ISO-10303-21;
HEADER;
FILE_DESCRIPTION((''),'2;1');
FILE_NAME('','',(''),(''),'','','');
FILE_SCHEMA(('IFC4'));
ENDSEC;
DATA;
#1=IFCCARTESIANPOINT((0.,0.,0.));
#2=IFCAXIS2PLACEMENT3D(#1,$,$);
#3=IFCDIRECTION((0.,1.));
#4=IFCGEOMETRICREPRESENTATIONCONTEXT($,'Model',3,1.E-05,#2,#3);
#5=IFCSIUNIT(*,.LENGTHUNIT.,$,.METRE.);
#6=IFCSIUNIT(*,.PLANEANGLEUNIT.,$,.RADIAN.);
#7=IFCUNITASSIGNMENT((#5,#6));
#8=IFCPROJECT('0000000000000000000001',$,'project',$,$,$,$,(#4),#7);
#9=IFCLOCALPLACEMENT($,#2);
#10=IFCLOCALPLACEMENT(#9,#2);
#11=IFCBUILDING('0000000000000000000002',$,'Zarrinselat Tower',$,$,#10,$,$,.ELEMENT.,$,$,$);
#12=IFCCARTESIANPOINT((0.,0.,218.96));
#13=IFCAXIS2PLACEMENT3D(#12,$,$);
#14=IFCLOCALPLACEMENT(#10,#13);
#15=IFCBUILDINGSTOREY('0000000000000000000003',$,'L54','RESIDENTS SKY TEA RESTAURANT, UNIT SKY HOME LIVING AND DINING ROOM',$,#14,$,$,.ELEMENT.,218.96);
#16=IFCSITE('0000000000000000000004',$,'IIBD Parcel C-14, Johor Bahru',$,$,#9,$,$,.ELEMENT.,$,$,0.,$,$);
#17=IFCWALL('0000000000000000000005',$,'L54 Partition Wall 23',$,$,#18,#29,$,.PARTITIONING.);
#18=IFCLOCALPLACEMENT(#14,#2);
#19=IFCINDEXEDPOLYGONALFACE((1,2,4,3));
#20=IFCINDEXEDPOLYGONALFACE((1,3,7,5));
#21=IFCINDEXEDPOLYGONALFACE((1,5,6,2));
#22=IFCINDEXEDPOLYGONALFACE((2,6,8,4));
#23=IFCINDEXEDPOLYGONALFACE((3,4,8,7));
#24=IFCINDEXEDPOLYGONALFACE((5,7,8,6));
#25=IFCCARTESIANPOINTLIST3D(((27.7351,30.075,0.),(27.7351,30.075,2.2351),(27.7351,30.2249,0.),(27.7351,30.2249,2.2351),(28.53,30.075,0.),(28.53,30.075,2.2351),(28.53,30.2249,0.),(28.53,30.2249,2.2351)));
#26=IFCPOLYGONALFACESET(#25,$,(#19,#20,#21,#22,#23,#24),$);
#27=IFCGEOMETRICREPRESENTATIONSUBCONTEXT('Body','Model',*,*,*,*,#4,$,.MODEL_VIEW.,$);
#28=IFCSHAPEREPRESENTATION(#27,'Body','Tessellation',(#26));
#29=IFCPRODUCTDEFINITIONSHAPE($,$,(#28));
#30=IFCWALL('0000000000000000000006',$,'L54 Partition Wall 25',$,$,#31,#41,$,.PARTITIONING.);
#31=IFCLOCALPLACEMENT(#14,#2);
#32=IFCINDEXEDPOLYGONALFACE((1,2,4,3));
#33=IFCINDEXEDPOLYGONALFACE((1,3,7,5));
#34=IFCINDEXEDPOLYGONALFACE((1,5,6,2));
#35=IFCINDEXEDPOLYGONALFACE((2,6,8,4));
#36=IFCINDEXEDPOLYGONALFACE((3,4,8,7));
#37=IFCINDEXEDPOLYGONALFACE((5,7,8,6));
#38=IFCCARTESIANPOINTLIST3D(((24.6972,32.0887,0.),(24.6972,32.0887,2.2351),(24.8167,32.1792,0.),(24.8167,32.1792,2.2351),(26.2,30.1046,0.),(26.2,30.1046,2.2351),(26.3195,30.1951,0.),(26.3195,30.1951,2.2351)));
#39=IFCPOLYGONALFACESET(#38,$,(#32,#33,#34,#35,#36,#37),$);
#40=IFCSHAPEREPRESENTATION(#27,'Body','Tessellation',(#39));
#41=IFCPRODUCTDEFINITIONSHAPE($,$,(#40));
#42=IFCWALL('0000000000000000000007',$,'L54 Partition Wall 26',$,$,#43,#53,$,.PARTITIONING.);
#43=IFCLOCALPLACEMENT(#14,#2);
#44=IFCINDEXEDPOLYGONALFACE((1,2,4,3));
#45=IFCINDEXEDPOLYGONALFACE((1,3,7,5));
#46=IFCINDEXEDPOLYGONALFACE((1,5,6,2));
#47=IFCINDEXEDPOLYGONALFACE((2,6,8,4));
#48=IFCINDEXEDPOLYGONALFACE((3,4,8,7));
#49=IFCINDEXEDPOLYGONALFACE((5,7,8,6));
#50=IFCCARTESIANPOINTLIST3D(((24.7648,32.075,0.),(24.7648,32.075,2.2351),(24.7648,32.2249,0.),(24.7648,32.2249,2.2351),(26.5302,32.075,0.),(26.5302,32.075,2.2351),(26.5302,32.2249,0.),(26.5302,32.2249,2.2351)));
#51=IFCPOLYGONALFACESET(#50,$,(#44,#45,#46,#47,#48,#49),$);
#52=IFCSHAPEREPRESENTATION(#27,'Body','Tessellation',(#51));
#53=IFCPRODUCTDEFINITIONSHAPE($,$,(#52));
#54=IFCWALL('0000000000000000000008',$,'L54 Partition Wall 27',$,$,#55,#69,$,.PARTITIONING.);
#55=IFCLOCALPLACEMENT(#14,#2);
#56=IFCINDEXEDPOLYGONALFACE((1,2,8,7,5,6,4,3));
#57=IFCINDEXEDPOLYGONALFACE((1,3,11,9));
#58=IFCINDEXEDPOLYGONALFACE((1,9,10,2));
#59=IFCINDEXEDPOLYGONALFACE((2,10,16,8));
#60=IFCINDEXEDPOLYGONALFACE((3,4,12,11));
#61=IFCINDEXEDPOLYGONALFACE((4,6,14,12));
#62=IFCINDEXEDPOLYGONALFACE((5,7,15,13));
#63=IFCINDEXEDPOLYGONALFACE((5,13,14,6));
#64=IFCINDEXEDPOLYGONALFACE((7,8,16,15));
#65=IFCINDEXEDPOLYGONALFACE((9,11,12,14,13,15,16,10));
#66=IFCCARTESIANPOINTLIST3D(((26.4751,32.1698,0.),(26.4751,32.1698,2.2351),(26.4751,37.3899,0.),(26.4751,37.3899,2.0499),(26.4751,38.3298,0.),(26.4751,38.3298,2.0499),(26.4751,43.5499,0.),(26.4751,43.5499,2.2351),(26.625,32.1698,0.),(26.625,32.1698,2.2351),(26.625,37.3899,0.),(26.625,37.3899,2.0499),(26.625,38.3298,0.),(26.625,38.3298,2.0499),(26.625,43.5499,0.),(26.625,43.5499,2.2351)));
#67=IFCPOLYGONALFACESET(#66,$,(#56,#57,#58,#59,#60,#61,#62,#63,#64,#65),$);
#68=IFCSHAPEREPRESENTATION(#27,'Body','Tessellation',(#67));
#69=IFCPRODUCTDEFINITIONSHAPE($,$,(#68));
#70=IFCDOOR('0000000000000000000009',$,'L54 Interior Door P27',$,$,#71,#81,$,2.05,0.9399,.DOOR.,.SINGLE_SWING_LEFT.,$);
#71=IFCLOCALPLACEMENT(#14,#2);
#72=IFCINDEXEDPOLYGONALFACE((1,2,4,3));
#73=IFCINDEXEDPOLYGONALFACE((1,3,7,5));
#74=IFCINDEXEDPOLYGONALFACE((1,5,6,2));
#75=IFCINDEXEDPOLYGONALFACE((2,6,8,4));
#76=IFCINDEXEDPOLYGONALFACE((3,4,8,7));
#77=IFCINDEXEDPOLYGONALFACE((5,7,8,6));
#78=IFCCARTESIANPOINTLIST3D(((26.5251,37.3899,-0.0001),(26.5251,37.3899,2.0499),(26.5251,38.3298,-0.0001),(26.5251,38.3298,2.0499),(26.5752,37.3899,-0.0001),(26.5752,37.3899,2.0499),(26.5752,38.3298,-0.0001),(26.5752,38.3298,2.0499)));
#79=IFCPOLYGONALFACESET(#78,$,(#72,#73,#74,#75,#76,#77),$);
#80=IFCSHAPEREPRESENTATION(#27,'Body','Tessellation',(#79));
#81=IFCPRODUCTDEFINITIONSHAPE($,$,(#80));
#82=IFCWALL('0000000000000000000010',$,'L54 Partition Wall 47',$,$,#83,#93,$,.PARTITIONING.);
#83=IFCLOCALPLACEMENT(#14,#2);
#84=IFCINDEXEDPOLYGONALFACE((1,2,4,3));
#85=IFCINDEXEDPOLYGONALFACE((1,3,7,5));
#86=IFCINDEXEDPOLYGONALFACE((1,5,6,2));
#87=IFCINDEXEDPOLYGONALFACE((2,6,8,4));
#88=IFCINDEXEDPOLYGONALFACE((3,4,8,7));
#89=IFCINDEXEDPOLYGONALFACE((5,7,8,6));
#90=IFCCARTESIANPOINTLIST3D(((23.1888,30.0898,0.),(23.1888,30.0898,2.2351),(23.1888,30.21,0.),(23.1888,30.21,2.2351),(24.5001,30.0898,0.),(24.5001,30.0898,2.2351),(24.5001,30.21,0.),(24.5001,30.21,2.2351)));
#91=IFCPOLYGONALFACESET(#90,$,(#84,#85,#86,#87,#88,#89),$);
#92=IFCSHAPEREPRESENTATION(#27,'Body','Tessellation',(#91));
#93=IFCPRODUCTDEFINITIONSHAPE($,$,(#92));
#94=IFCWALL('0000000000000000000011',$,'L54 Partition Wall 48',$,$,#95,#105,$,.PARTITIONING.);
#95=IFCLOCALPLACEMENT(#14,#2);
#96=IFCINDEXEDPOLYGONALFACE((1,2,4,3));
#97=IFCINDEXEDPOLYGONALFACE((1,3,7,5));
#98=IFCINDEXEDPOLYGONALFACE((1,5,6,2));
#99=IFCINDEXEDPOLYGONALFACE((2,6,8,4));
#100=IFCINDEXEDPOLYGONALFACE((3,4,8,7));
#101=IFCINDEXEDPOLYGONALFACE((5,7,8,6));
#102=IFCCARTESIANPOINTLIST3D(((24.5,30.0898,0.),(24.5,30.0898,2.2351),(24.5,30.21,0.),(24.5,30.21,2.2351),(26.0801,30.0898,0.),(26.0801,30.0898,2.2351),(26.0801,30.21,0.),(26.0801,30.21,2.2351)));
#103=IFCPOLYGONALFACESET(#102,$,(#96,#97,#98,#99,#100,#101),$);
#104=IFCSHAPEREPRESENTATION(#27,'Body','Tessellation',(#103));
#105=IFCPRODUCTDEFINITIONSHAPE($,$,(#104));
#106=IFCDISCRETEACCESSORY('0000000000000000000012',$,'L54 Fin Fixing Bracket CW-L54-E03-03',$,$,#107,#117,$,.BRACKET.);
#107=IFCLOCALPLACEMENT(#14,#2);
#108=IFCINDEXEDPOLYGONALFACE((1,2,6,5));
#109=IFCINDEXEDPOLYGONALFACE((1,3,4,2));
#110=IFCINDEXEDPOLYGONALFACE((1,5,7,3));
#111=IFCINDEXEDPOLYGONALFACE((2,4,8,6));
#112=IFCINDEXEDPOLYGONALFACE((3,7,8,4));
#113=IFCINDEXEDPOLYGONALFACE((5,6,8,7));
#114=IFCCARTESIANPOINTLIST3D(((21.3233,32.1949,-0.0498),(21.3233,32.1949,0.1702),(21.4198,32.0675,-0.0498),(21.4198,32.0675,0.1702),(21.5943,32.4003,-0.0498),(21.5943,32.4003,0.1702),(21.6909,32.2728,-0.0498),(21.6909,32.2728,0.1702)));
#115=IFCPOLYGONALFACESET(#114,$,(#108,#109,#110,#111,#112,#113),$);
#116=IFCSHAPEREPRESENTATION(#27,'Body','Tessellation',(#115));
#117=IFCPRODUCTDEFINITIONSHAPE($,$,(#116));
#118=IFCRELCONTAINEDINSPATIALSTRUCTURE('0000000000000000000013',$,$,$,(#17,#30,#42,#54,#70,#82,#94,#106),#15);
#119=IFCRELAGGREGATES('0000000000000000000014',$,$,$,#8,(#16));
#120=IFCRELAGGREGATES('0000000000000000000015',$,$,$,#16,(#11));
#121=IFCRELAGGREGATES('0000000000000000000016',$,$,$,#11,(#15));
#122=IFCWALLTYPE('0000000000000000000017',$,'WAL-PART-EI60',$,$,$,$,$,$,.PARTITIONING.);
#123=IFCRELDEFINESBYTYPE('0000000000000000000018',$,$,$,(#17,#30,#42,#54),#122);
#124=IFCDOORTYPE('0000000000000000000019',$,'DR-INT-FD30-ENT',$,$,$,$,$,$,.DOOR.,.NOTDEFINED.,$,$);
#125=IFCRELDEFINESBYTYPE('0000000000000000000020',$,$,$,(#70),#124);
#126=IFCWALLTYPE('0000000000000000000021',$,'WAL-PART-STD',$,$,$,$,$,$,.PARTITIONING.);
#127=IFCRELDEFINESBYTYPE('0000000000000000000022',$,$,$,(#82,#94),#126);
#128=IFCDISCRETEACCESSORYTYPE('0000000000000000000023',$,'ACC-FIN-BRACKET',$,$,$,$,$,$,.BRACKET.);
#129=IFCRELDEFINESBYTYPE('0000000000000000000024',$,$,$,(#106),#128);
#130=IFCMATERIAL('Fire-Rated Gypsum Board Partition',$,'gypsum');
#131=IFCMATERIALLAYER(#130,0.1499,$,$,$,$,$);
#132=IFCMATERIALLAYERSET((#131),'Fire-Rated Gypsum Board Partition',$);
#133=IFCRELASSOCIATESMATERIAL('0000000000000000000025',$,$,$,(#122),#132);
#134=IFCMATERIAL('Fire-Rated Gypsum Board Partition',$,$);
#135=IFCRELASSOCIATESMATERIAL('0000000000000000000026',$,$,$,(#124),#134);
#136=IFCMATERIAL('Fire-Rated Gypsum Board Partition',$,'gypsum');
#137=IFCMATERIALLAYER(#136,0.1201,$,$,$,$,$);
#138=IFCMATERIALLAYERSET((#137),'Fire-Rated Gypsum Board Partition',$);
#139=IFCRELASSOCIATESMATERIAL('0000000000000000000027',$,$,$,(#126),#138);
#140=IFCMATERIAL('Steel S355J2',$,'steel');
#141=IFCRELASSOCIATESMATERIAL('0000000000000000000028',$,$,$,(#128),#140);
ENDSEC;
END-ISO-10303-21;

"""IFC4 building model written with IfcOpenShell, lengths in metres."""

from ifc_helpers import new_model, si_unit, direction, frame, frame_2d, origin, origin_2d, place, context, subcontext, project, spatial, rectangle, extrude, material, layer, layer_set, type_object, element, fill, save


model = new_model("IFC4")

# Units and contexts
model_context = context("Model", 3, precision=1e-05, world=origin(), true_north=direction((0.0, 1.0)))
body_context = subcontext(model_context, "Body", "Model", "MODEL_VIEW")
ifc_project = project(units=[si_unit("LENGTHUNIT", "METRE"), si_unit("PLANEANGLEUNIT", "RADIAN")], contexts=[model_context])

# Site, building, storey
site_placement = place(None, origin())
site = spatial("IfcSite", under=ifc_project, at=site_placement, Name="IIBD Parcel C-14, Johor Bahru", CompositionType="ELEMENT", RefElevation=0.0)
building_placement = place(site_placement, origin())
building = spatial("IfcBuilding", under=site, at=building_placement, Name="Zarrinselat Tower", CompositionType="ELEMENT")
storey_placement = place(building_placement, frame((0.0, 0.0, 218.96)))
storey = spatial("IfcBuildingStorey", under=building, at=storey_placement, Name="L54", Description="RESIDENTS SKY TEA RESTAURANT, UNIT SKY HOME LIVING AND DINING ROOM", CompositionType="ELEMENT", Elevation=218.96)

# Shared definitions
ifc_material_1 = material(Name="Fire-Rated Gypsum Board Partition", Category="gypsum")
ifc_layer_1 = layer(ifc_material_1, 0.1499)
ifc_layer_set_1 = layer_set([ifc_layer_1], Name="Fire-Rated Gypsum Board Partition")
wall_type_1 = type_object("IfcWallType", Name="WAL-PART-EI60", PredefinedType="PARTITIONING", material=ifc_layer_set_1)
ifc_material_2 = material(Name="Fire-Rated Gypsum Board Partition")
door_type_1 = type_object("IfcDoorType", Name="DR-INT-FD30-ENT", OperationType="NOTDEFINED", PredefinedType="DOOR", material=ifc_material_2)

# Walls
wall_1_placement = place(storey_placement, frame((27.7351, 30.1499, 0.0), z_axis=(0.0, 0.0, 1.0), x_axis=(1.0, 0.0, 0.0)))
element("IfcWall", 1, at=wall_1_placement, inside=storey, type_object=wall_type_1, Name="L54 Partition Wall 23", PredefinedType="PARTITIONING", context=body_context, shape_type="SweptSolid", body=[
    extrude(rectangle(XDim=0.7949, YDim=0.1499, at=frame_2d((0.3975, 0.0))), origin(), (0.0, 0.0, 1.0), 2.2351),
])
wall_2_placement = place(storey_placement, frame((24.7568, 32.134, 0.0), z_axis=(0.0, 0.0, 1.0), x_axis=(0.603807, -0.797131, 0.0)))
element("IfcWall", 2, at=wall_2_placement, inside=storey, type_object=wall_type_1, Name="L54 Partition Wall 25", PredefinedType="PARTITIONING", context=body_context, shape_type="SweptSolid", body=[
    extrude(rectangle(XDim=2.489, YDim=0.1499, at=frame_2d((1.2446, 0.0))), origin(), (0.0, 0.0, 1.0), 2.2351),
])
wall_3_placement = place(storey_placement, frame((24.7646, 32.1499, 0.0), z_axis=(0.0, 0.0, 1.0), x_axis=(1.0, 0.0, 0.0)))
element("IfcWall", 3, at=wall_3_placement, inside=storey, type_object=wall_type_1, Name="L54 Partition Wall 26", PredefinedType="PARTITIONING", context=body_context, shape_type="SweptSolid", body=[
    extrude(rectangle(XDim=1.7654, YDim=0.1499, at=frame_2d((0.8828, 0.0))), origin(), (0.0, 0.0, 1.0), 2.2351),
])

# Wall, opening, door
wall_4_placement = place(storey_placement, frame((26.55, 32.1699, 0.0), z_axis=(0.0, 0.0, 1.0), x_axis=(0.0, 1.0, 0.0)))
wall_4 = element("IfcWall", 4, at=wall_4_placement, inside=storey, type_object=wall_type_1, Name="L54 Partition Wall 27", PredefinedType="PARTITIONING", context=body_context, shape_type="SweptSolid", body=[
    extrude(rectangle(XDim=11.3801, YDim=0.1499, at=frame_2d((5.6899, 0.0))), origin(), (0.0, 0.0, 1.0), 2.2351),
])
opening_1_placement = place(wall_4_placement, frame((5.22, 0.0, 0.0)))
opening_1 = element("IfcOpeningElement", 5, at=opening_1_placement, cuts=wall_4, PredefinedType="OPENING", context=body_context, shape_type="SweptSolid", body=[
    extrude(rectangle(XDim=0.9399, YDim=2.05, at=frame_2d((0.47, 1.0249))), frame((0.0, 0.085, 0.0), z_axis=(0.0, -1.0, 0.0), x_axis=(1.0, 0.0, 0.0)), (0.0, 0.0, 1.0), 0.1699),
])
door_1_placement = place(opening_1_placement, origin())
door_1 = element("IfcDoor", 6, at=door_1_placement, inside=storey, type_object=door_type_1, Name="L54 Interior Door P27", OperationType="SINGLE_SWING_LEFT", OverallHeight=2.05, OverallWidth=0.9399, PredefinedType="DOOR", context=body_context, shape_type="SweptSolid", body=[
    extrude(rectangle(XDim=0.9399, YDim=2.05, at=frame_2d((0.47, 1.0249))), frame((0.0, 0.0249, 0.0), z_axis=(0.0, -1.0, 0.0), x_axis=(1.0, 0.0, 0.0)), (0.0, 0.0, 1.0), 0.05),
])
fill(opening_1, door_1)

# Walls
ifc_material_3 = material(Name="Fire-Rated Gypsum Board Partition", Category="gypsum")
ifc_layer_2 = layer(ifc_material_3, 0.1201)
ifc_layer_set_2 = layer_set([ifc_layer_2], Name="Fire-Rated Gypsum Board Partition")
wall_type_2 = type_object("IfcWallType", Name="WAL-PART-STD", PredefinedType="PARTITIONING", material=ifc_layer_set_2)
wall_5_placement = place(storey_placement, frame((23.1887, 30.1499, 0.0), z_axis=(0.0, 0.0, 1.0), x_axis=(1.0, 0.0, 0.0)))
element("IfcWall", 7, at=wall_5_placement, inside=storey, type_object=wall_type_2, Name="L54 Partition Wall 47", PredefinedType="PARTITIONING", context=body_context, shape_type="SweptSolid", body=[
    extrude(rectangle(XDim=1.3113, YDim=0.1201, at=frame_2d((0.6558, 0.0))), origin(), (0.0, 0.0, 1.0), 2.2351),
])
wall_6_placement = place(storey_placement, frame((24.5, 30.1499, 0.0), z_axis=(0.0, 0.0, 1.0), x_axis=(1.0, 0.0, 0.0)))
element("IfcWall", 8, at=wall_6_placement, inside=storey, type_object=wall_type_2, Name="L54 Partition Wall 48", PredefinedType="PARTITIONING", context=body_context, shape_type="SweptSolid", body=[
    extrude(rectangle(XDim=1.5801, YDim=0.1201, at=frame_2d((0.79, 0.0))), origin(), (0.0, 0.0, 1.0), 2.2351),
])

# Discrete accessory
ifc_material_4 = material(Name="Steel S355J2", Category="steel")
discrete_accessory_type = type_object("IfcDiscreteAccessoryType", Name="ACC-FIN-BRACKET", PredefinedType="BRACKET", material=ifc_material_4)
discrete_accessory_placement = place(storey_placement, frame((21.5071, 32.2339, -0.0498), z_axis=(0.0, 0.0, 1.0), x_axis=(-0.797091, -0.60386, 0.0)))
element("IfcDiscreteAccessory", 9, at=discrete_accessory_placement, inside=storey, type_object=discrete_accessory_type, Name="L54 Fin Fixing Bracket CW-L54-E03-03", PredefinedType="BRACKET", context=body_context, shape_type="SweptSolid", body=[
    extrude(rectangle(XDim=0.3401, YDim=0.1599, at=origin_2d()), origin(), (0.0, 0.0, 1.0), 0.22),
])

save(model, "model.ifc")
